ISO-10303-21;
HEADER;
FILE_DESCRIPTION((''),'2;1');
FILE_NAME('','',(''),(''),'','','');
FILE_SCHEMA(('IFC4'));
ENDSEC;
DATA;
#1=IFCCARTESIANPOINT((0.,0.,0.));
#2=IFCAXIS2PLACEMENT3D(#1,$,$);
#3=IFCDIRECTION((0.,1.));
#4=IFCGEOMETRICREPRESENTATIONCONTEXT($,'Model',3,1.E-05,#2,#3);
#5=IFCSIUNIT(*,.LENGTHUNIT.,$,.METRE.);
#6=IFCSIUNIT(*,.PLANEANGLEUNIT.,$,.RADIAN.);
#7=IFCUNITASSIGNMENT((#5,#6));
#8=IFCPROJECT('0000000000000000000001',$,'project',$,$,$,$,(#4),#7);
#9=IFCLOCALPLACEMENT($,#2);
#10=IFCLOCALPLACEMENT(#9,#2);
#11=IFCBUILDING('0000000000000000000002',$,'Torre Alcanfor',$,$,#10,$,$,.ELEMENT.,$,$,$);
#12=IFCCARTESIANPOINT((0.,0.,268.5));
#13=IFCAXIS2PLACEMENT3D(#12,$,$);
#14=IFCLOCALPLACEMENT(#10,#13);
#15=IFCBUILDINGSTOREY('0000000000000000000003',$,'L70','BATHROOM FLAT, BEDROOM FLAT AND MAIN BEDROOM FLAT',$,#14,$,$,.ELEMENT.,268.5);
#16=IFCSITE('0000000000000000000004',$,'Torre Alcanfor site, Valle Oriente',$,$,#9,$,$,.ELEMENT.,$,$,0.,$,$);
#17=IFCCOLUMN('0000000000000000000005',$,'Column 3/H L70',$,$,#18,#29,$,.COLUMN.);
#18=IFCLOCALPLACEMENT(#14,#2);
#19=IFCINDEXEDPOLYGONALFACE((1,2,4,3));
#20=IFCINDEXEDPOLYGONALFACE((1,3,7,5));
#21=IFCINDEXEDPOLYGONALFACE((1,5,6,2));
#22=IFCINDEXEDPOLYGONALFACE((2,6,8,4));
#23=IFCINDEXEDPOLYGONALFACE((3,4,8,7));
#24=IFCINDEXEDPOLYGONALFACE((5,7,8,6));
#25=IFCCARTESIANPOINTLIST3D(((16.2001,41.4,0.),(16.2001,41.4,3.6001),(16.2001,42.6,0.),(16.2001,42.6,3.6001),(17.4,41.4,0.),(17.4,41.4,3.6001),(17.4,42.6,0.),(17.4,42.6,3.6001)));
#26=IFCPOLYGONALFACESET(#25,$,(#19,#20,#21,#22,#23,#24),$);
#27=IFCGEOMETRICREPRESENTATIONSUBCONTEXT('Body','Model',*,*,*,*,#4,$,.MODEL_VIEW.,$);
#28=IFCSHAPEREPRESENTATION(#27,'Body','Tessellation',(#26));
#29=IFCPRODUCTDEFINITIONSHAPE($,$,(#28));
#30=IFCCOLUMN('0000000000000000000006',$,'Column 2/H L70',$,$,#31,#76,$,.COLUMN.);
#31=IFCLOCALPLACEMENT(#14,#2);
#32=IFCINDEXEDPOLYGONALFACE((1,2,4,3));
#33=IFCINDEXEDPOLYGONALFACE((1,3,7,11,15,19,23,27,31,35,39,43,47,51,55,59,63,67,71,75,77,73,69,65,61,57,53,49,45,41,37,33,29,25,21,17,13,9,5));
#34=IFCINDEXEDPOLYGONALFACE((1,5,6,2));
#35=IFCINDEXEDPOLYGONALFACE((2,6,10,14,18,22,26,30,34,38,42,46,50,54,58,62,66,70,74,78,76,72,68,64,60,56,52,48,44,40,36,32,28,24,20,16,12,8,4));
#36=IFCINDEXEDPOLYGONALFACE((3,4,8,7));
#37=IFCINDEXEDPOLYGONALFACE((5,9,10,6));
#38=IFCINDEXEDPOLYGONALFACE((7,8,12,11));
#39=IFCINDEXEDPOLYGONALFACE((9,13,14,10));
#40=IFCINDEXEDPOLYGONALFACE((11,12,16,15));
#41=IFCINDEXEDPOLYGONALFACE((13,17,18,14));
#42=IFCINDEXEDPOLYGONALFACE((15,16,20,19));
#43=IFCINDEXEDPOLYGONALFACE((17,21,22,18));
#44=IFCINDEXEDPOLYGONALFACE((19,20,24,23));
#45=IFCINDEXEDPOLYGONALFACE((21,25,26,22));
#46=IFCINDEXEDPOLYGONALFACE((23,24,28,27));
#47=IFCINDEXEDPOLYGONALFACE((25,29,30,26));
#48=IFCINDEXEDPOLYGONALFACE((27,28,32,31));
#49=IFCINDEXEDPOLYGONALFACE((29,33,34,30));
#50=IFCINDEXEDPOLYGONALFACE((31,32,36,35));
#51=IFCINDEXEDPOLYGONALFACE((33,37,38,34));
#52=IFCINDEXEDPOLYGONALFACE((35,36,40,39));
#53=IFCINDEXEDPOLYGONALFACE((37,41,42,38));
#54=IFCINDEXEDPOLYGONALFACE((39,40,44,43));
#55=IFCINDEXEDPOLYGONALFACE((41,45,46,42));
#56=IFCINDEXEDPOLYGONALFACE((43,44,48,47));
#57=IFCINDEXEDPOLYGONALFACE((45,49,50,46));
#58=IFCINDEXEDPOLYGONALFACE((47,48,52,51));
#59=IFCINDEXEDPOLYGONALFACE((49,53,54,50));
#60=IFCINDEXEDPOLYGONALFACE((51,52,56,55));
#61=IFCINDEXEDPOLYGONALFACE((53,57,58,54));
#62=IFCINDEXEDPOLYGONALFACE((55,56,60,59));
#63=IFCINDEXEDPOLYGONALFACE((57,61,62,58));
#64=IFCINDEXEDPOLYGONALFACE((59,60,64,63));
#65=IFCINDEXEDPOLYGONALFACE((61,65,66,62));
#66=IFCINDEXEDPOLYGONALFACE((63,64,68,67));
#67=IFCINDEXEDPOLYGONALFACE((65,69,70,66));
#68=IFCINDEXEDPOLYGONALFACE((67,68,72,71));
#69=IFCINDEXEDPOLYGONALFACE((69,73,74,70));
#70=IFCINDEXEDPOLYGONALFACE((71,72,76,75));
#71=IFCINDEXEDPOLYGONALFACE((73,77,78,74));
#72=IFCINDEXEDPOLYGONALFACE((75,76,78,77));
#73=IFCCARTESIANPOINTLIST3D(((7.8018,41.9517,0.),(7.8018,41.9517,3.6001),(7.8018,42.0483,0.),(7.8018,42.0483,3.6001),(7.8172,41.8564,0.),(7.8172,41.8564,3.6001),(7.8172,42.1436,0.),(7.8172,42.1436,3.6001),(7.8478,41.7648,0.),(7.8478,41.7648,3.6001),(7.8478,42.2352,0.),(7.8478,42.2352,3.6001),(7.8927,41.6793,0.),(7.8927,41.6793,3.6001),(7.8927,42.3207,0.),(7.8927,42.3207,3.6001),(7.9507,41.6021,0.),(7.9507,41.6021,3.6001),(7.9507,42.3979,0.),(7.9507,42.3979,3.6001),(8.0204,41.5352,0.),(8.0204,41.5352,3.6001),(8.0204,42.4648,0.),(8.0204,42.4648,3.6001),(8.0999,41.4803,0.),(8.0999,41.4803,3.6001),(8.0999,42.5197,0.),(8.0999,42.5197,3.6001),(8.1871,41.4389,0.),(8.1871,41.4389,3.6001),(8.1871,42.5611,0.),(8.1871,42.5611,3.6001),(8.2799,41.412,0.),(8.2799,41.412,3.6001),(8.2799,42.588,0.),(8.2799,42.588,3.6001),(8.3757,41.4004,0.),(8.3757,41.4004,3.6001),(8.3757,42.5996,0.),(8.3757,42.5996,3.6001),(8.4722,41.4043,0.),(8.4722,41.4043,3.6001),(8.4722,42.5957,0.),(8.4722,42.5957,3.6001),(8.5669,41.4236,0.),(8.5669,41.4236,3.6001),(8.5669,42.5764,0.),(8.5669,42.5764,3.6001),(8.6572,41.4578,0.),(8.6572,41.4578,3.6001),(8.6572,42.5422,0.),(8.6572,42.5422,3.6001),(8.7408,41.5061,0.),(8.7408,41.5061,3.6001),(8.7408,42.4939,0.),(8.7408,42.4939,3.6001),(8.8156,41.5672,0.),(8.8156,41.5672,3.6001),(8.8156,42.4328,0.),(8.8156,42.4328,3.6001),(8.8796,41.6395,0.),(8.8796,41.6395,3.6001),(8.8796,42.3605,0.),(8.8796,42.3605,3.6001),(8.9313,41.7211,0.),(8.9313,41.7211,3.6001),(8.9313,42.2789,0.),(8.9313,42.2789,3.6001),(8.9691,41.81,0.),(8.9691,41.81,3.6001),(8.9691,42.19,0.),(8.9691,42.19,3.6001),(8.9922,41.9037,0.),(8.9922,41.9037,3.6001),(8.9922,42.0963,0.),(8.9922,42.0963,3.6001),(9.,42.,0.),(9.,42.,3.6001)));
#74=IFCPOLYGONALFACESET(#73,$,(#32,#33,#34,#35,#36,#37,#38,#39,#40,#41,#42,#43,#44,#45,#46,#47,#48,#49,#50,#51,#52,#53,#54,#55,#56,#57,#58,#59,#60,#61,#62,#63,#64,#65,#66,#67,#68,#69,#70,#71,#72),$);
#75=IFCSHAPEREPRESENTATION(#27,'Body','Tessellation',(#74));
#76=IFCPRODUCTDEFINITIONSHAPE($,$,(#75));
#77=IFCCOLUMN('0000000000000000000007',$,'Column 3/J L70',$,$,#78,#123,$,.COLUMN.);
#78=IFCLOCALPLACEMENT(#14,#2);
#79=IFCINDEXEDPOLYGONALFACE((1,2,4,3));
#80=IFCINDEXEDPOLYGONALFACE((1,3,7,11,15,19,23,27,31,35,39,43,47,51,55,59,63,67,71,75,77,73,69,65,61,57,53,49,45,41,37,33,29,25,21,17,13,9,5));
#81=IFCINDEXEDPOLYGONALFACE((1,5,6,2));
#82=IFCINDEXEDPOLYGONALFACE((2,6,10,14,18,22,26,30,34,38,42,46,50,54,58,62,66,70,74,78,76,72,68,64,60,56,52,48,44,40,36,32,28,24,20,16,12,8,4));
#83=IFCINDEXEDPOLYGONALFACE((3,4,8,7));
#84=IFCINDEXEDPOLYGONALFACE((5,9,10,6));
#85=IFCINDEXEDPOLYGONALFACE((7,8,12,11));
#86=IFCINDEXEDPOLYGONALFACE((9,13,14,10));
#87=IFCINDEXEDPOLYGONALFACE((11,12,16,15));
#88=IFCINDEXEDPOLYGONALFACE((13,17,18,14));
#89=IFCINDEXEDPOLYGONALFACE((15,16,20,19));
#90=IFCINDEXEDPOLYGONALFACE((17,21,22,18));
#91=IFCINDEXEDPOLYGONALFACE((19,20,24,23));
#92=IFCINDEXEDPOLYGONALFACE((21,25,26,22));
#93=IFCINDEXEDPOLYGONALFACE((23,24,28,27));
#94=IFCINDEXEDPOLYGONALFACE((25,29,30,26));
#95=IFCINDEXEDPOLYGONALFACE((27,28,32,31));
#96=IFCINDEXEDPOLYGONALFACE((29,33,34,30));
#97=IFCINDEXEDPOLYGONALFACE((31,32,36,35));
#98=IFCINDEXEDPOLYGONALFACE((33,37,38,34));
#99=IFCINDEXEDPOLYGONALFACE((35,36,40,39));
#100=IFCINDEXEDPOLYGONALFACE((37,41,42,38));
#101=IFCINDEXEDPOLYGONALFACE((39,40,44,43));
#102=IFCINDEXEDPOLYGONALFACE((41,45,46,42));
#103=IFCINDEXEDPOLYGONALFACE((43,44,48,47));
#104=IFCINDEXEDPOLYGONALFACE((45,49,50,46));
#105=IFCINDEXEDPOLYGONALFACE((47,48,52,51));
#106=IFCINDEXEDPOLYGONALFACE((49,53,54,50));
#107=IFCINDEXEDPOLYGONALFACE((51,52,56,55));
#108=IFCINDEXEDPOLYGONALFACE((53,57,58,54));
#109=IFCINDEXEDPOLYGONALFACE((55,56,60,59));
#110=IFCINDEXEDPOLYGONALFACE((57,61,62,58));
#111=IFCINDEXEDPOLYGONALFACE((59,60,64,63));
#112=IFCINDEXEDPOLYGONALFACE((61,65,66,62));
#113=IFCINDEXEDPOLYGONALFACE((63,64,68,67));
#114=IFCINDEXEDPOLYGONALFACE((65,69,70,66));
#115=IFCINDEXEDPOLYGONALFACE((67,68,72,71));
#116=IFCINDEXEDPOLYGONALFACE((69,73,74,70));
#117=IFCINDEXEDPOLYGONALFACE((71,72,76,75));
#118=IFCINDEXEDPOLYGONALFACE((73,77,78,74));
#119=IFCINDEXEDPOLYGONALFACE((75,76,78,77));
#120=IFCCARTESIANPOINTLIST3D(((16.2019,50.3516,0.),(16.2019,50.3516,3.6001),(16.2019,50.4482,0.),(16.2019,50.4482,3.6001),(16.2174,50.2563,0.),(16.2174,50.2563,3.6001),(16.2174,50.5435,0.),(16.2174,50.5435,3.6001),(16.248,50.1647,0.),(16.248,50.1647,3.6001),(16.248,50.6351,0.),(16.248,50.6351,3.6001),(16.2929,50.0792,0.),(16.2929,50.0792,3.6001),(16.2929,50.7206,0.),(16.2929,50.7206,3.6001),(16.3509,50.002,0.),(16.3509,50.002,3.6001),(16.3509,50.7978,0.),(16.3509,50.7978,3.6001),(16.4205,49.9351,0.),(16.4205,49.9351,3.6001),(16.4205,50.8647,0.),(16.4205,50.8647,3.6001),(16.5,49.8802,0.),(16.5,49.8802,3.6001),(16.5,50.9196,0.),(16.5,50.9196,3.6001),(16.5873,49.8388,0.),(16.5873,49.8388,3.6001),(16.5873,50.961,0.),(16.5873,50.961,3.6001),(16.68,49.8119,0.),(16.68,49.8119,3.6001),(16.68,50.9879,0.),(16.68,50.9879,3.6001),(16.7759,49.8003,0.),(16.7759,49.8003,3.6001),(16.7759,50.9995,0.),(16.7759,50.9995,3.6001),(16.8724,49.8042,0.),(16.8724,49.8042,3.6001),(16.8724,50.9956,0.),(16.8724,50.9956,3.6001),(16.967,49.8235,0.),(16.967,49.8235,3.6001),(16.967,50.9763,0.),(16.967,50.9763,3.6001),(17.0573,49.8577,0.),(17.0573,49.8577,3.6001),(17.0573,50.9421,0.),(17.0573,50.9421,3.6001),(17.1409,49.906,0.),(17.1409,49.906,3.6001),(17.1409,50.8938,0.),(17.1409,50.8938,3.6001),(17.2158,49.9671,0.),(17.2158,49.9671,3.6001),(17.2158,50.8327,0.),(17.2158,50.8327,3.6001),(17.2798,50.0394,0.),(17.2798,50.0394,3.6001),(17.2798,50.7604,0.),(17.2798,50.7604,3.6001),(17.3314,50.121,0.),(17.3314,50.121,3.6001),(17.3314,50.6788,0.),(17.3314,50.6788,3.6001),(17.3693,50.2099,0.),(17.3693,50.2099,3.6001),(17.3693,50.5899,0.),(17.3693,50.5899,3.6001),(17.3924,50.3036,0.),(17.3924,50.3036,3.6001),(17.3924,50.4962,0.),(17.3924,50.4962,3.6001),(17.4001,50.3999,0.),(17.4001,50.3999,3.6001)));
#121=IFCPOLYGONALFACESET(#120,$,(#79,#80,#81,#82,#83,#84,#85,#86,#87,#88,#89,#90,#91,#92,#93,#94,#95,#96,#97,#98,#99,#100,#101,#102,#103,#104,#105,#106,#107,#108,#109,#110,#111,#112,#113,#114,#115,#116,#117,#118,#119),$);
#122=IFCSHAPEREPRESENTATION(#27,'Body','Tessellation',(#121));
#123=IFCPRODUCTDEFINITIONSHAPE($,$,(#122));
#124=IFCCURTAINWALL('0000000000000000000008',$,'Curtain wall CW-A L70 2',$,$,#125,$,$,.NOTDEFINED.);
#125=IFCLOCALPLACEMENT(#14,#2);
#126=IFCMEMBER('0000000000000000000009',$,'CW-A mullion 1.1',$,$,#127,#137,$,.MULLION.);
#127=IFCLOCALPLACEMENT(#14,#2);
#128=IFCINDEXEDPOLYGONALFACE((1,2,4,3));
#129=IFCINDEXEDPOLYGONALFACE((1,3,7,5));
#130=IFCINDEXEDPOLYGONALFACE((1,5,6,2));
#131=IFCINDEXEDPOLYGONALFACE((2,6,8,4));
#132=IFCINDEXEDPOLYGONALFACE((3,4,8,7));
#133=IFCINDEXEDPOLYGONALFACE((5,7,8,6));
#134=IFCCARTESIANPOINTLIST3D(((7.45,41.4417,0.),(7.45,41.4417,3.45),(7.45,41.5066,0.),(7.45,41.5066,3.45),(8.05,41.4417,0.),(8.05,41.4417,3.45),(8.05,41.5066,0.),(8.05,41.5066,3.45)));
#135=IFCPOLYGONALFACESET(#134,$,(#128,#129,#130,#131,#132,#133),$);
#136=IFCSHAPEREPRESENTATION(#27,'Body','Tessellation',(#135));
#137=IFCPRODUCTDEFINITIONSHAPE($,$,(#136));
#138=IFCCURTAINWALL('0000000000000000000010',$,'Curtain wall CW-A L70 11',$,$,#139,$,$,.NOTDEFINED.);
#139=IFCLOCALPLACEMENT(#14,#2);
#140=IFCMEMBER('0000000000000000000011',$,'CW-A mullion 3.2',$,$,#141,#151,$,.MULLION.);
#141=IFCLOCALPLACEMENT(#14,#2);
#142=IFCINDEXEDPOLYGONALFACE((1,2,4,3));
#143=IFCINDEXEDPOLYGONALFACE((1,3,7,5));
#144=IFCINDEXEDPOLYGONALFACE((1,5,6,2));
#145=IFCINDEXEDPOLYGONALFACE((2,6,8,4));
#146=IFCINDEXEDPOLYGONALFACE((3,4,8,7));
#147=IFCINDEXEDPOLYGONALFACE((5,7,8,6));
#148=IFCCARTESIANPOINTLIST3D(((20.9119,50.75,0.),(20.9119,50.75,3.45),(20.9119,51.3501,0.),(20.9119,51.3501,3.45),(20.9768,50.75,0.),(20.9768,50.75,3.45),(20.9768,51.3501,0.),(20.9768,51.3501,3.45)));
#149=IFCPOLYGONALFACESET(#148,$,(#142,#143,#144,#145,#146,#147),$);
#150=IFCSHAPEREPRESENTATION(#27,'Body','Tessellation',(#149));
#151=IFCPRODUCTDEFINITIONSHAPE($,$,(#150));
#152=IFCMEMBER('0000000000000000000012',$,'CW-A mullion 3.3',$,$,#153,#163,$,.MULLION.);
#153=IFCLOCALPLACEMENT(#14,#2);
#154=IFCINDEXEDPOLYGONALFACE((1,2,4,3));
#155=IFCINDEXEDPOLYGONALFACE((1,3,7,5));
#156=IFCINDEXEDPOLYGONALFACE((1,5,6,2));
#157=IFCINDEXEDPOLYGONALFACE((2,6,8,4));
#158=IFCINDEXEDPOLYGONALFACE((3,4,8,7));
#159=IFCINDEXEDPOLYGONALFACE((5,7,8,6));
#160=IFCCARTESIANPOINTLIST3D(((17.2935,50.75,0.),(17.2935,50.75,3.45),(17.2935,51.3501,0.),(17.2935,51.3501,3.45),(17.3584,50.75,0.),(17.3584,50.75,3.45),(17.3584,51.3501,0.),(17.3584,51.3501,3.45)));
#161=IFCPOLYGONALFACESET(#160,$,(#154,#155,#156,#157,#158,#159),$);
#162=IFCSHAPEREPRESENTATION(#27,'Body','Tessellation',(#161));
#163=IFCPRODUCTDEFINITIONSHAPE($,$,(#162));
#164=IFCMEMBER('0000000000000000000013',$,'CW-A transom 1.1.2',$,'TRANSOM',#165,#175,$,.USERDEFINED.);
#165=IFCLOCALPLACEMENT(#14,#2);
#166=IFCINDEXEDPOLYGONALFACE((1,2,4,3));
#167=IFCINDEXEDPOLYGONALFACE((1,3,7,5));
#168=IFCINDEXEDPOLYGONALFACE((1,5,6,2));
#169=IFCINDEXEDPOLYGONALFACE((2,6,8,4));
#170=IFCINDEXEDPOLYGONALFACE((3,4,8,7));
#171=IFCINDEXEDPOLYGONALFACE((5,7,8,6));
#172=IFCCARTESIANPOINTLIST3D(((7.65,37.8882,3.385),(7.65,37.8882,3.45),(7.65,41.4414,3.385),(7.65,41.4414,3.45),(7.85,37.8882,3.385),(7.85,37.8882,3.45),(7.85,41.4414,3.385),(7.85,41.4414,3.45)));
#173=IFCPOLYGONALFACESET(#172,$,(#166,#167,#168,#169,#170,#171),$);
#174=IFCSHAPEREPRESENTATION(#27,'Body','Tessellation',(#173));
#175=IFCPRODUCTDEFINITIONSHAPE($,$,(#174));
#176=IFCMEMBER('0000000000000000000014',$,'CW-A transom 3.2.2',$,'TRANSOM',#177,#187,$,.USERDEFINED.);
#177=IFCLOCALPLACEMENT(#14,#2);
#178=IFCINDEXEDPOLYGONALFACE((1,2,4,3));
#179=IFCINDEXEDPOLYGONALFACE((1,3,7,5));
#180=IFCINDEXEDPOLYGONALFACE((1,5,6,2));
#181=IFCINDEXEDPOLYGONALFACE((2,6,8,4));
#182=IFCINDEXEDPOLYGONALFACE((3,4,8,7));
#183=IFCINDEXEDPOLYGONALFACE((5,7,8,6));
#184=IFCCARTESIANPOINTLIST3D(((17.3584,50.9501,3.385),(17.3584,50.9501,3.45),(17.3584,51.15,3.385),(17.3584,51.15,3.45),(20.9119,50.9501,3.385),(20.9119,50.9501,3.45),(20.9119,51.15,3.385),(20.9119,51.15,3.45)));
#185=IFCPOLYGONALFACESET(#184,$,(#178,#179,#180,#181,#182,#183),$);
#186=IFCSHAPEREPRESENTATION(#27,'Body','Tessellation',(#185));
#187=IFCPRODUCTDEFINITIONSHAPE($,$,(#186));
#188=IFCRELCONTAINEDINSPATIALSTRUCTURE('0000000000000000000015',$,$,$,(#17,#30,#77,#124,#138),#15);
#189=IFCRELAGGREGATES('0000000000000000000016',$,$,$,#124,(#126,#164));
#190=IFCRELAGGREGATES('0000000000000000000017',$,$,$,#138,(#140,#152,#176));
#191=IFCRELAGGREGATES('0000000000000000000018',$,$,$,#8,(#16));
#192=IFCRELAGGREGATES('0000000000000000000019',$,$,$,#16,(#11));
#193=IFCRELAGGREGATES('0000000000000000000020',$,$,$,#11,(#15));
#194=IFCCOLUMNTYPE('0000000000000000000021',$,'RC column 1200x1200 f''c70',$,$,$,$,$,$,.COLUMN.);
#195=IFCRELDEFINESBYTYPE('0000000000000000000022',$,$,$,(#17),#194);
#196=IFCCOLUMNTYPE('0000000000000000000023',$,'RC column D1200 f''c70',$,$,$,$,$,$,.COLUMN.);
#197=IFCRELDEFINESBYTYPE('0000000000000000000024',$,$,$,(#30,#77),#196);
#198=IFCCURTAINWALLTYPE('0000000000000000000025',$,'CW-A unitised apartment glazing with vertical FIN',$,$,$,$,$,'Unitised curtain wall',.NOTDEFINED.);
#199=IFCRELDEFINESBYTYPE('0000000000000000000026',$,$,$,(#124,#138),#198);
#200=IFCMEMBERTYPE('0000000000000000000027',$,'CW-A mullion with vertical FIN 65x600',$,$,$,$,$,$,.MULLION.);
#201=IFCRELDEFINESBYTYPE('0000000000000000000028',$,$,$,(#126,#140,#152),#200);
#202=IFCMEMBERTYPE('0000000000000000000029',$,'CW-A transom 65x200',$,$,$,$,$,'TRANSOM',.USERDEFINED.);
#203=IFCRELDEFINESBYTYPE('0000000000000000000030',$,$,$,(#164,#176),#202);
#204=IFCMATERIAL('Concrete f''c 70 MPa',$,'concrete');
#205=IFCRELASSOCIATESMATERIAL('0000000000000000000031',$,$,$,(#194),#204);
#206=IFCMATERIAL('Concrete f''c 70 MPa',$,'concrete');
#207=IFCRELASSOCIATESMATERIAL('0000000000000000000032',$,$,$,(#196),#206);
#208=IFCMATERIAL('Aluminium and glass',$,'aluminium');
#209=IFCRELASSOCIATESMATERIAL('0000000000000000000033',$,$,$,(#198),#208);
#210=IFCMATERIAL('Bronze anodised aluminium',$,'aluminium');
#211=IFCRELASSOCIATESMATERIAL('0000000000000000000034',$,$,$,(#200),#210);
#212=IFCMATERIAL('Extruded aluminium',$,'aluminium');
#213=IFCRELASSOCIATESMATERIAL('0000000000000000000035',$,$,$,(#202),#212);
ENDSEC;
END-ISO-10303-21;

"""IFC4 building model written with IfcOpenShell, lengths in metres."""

from ifc_helpers import new_model, si_unit, direction, frame, origin, origin_2d, place, context, subcontext, project, spatial, rectangle, circle, extrude, material, material_profile, profile_set, type_object, element, aggregate, save


model = new_model("IFC4")

# Units and contexts
model_context = context("Model", 3, precision=1e-05, world=origin(), true_north=direction((0.0, 1.0)))
body_context = subcontext(model_context, "Body", "Model", "MODEL_VIEW")
ifc_project = project(units=[si_unit("LENGTHUNIT", "METRE"), si_unit("PLANEANGLEUNIT", "RADIAN")], contexts=[model_context])

# Site, building, storey
site_placement = place(None, origin())
site = spatial("IfcSite", under=ifc_project, at=site_placement, Name="Torre Alcanfor site, Valle Oriente", CompositionType="ELEMENT", RefElevation=0.0)
building_placement = place(site_placement, origin())
building = spatial("IfcBuilding", under=site, at=building_placement, Name="Torre Alcanfor", CompositionType="ELEMENT")
storey_placement = place(building_placement, frame((0.0, 0.0, 268.5)))
storey = spatial("IfcBuildingStorey", under=building, at=storey_placement, Name="L70", Description="BATHROOM FLAT, BEDROOM FLAT AND MAIN BEDROOM FLAT", CompositionType="ELEMENT", Elevation=268.5)

# Columns
ifc_material_1 = material(Name="Concrete f'c 70 MPa", Category="concrete")
ifc_material_profile_1 = material_profile(ifc_material_1, rectangle(XDim=1.2, YDim=1.2, at=origin_2d()), Name="1200x1200")
ifc_profile_set_1 = profile_set([ifc_material_profile_1], Name="Concrete f'c 70 MPa")
column_type_1 = type_object("IfcColumnType", Name="RC column 1200x1200 f'c70", PredefinedType="COLUMN", material=ifc_profile_set_1)
column_placement = place(storey_placement, frame((16.8, 42.0, 0.0), z_axis=(0.0, 0.0, 1.0), x_axis=(1.0, 0.0, 0.0)))
element("IfcColumn", 1, at=column_placement, inside=storey, type_object=column_type_1, Name="Column 3/H L70", PredefinedType="COLUMN", context=body_context, shape_type="SweptSolid", body=[
    extrude(rectangle(XDim=1.2, YDim=1.2, at=origin_2d()), origin(), (0.0, 0.0, 1.0), 3.6001),
])
ifc_material_2 = material(Name="Concrete f'c 70 MPa", Category="concrete")
ifc_material_profile_2 = material_profile(ifc_material_2, circle(Radius=0.6001, at=origin_2d()), Name="D1200")
ifc_profile_set_2 = profile_set([ifc_material_profile_2], Name="Concrete f'c 70 MPa")
column_type_2 = type_object("IfcColumnType", Name="RC column D1200 f'c70", PredefinedType="COLUMN", material=ifc_profile_set_2)
for number, where, z_axis, x_axis, name in (
    (2, (8.3999, 42.0, 0.0), (0.0, 0.0, 1.0), (1.0, 0.0, 0.0), "Column 2/H L70"),
    (3, (16.8, 50.3999, 0.0), (0.0, 0.0, 1.0), (1.0, 0.0, 0.0), "Column 3/J L70"),
):
    element("IfcColumn", number, at=place(storey_placement, frame(where, z_axis=z_axis, x_axis=x_axis)), inside=storey, type_object=column_type_2, Name=name, PredefinedType="COLUMN", context=body_context, shape_type="SweptSolid", body=[
        extrude(circle(Radius=0.6001, at=origin_2d()), origin(), (0.0, 0.0, 1.0), 3.6001),
    ])

# Curtain wall, member
ifc_material_3 = material(Name="Aluminium and glass", Category="aluminium")
curtain_wall_type = type_object("IfcCurtainWallType", Name="CW-A unitised apartment glazing with vertical FIN", ElementType="Unitised curtain wall", PredefinedType="NOTDEFINED", material=ifc_material_3)
curtain_wall_1_placement = place(storey_placement, origin())
curtain_wall_1 = element("IfcCurtainWall", 4, at=curtain_wall_1_placement, inside=storey, type_object=curtain_wall_type, Name="Curtain wall CW-A L70 2", PredefinedType="NOTDEFINED")
ifc_material_4 = material(Name="Bronze anodised aluminium", Category="aluminium")
ifc_material_profile_3 = material_profile(ifc_material_4, rectangle(XDim=0.6001, YDim=0.0649, at=origin_2d()), Name="CW-A mullion 65x600")
ifc_profile_set_3 = profile_set([ifc_material_profile_3], Name="Bronze anodised aluminium")
member_type_1 = type_object("IfcMemberType", Name="CW-A mullion with vertical FIN 65x600", PredefinedType="MULLION", material=ifc_profile_set_3)
member_1_placement = place(storey_placement, frame((7.75, 41.4741, 0.0), z_axis=(0.0, 0.0, 1.0), x_axis=(1.0, 0.0, 0.0)))
member_1 = element("IfcMember", 5, at=member_1_placement, type_object=member_type_1, Name="CW-A mullion 1.1", PredefinedType="MULLION", context=body_context, shape_type="SweptSolid", body=[
    extrude(rectangle(XDim=0.6001, YDim=0.0649, at=origin_2d()), origin(), (0.0, 0.0, 1.0), 3.45),
])

# Curtain wall, members
curtain_wall_2_placement = place(storey_placement, origin())
curtain_wall_2 = element("IfcCurtainWall", 6, at=curtain_wall_2_placement, inside=storey, type_object=curtain_wall_type, Name="Curtain wall CW-A L70 11", PredefinedType="NOTDEFINED")
member_2_placement = place(storey_placement, frame((20.9443, 51.05, 0.0), z_axis=(0.0, 0.0, 1.0), x_axis=(0.0, -1.0, 0.0)))
member_2 = element("IfcMember", 7, at=member_2_placement, type_object=member_type_1, Name="CW-A mullion 3.2", PredefinedType="MULLION", context=body_context, shape_type="SweptSolid", body=[
    extrude(rectangle(XDim=0.6001, YDim=0.0649, at=origin_2d()), origin(), (0.0, 0.0, 1.0), 3.45),
])
member_3_placement = place(storey_placement, frame((17.3259, 51.05, 0.0), z_axis=(0.0, 0.0, 1.0), x_axis=(0.0, -1.0, 0.0)))
member_3 = element("IfcMember", 8, at=member_3_placement, type_object=member_type_1, Name="CW-A mullion 3.3", PredefinedType="MULLION", context=body_context, shape_type="SweptSolid", body=[
    extrude(rectangle(XDim=0.6001, YDim=0.0649, at=origin_2d()), origin(), (0.0, 0.0, 1.0), 3.45),
])

# Members
ifc_material_5 = material(Name="Extruded aluminium", Category="aluminium")
ifc_material_profile_4 = material_profile(ifc_material_5, rectangle(XDim=0.2, YDim=0.0649, at=origin_2d()), Name="CW-A transom 200x65")
ifc_profile_set_4 = profile_set([ifc_material_profile_4], Name="Extruded aluminium")
member_type_2 = type_object("IfcMemberType", Name="CW-A transom 65x200", ElementType="TRANSOM", PredefinedType="USERDEFINED", material=ifc_profile_set_4)
member_4_placement = place(storey_placement, frame((7.75, 41.4414, 3.4175), z_axis=(0.0, -1.0, 0.0), x_axis=(1.0, 0.0, 0.0)))
member_4 = element("IfcMember", 9, at=member_4_placement, type_object=member_type_2, Name="CW-A transom 1.1.2", ObjectType="TRANSOM", PredefinedType="USERDEFINED", context=body_context, shape_type="SweptSolid", body=[
    extrude(rectangle(XDim=0.2, YDim=0.0649, at=origin_2d()), origin(), (0.0, 0.0, 1.0), 3.5532),
])
member_5_placement = place(storey_placement, frame((20.9119, 51.05, 3.4175), z_axis=(-1.0, 0.0, 0.0), x_axis=(0.0, -1.0, 0.0)))
member_5 = element("IfcMember", 10, at=member_5_placement, type_object=member_type_2, Name="CW-A transom 3.2.2", ObjectType="TRANSOM", PredefinedType="USERDEFINED", context=body_context, shape_type="SweptSolid", body=[
    extrude(rectangle(XDim=0.2, YDim=0.0649, at=origin_2d()), origin(), (0.0, 0.0, 1.0), 3.5535),
])

aggregate(curtain_wall_1, [member_1, member_4])
aggregate(curtain_wall_2, [member_2, member_3, member_5])

save(model, "model.ifc")
